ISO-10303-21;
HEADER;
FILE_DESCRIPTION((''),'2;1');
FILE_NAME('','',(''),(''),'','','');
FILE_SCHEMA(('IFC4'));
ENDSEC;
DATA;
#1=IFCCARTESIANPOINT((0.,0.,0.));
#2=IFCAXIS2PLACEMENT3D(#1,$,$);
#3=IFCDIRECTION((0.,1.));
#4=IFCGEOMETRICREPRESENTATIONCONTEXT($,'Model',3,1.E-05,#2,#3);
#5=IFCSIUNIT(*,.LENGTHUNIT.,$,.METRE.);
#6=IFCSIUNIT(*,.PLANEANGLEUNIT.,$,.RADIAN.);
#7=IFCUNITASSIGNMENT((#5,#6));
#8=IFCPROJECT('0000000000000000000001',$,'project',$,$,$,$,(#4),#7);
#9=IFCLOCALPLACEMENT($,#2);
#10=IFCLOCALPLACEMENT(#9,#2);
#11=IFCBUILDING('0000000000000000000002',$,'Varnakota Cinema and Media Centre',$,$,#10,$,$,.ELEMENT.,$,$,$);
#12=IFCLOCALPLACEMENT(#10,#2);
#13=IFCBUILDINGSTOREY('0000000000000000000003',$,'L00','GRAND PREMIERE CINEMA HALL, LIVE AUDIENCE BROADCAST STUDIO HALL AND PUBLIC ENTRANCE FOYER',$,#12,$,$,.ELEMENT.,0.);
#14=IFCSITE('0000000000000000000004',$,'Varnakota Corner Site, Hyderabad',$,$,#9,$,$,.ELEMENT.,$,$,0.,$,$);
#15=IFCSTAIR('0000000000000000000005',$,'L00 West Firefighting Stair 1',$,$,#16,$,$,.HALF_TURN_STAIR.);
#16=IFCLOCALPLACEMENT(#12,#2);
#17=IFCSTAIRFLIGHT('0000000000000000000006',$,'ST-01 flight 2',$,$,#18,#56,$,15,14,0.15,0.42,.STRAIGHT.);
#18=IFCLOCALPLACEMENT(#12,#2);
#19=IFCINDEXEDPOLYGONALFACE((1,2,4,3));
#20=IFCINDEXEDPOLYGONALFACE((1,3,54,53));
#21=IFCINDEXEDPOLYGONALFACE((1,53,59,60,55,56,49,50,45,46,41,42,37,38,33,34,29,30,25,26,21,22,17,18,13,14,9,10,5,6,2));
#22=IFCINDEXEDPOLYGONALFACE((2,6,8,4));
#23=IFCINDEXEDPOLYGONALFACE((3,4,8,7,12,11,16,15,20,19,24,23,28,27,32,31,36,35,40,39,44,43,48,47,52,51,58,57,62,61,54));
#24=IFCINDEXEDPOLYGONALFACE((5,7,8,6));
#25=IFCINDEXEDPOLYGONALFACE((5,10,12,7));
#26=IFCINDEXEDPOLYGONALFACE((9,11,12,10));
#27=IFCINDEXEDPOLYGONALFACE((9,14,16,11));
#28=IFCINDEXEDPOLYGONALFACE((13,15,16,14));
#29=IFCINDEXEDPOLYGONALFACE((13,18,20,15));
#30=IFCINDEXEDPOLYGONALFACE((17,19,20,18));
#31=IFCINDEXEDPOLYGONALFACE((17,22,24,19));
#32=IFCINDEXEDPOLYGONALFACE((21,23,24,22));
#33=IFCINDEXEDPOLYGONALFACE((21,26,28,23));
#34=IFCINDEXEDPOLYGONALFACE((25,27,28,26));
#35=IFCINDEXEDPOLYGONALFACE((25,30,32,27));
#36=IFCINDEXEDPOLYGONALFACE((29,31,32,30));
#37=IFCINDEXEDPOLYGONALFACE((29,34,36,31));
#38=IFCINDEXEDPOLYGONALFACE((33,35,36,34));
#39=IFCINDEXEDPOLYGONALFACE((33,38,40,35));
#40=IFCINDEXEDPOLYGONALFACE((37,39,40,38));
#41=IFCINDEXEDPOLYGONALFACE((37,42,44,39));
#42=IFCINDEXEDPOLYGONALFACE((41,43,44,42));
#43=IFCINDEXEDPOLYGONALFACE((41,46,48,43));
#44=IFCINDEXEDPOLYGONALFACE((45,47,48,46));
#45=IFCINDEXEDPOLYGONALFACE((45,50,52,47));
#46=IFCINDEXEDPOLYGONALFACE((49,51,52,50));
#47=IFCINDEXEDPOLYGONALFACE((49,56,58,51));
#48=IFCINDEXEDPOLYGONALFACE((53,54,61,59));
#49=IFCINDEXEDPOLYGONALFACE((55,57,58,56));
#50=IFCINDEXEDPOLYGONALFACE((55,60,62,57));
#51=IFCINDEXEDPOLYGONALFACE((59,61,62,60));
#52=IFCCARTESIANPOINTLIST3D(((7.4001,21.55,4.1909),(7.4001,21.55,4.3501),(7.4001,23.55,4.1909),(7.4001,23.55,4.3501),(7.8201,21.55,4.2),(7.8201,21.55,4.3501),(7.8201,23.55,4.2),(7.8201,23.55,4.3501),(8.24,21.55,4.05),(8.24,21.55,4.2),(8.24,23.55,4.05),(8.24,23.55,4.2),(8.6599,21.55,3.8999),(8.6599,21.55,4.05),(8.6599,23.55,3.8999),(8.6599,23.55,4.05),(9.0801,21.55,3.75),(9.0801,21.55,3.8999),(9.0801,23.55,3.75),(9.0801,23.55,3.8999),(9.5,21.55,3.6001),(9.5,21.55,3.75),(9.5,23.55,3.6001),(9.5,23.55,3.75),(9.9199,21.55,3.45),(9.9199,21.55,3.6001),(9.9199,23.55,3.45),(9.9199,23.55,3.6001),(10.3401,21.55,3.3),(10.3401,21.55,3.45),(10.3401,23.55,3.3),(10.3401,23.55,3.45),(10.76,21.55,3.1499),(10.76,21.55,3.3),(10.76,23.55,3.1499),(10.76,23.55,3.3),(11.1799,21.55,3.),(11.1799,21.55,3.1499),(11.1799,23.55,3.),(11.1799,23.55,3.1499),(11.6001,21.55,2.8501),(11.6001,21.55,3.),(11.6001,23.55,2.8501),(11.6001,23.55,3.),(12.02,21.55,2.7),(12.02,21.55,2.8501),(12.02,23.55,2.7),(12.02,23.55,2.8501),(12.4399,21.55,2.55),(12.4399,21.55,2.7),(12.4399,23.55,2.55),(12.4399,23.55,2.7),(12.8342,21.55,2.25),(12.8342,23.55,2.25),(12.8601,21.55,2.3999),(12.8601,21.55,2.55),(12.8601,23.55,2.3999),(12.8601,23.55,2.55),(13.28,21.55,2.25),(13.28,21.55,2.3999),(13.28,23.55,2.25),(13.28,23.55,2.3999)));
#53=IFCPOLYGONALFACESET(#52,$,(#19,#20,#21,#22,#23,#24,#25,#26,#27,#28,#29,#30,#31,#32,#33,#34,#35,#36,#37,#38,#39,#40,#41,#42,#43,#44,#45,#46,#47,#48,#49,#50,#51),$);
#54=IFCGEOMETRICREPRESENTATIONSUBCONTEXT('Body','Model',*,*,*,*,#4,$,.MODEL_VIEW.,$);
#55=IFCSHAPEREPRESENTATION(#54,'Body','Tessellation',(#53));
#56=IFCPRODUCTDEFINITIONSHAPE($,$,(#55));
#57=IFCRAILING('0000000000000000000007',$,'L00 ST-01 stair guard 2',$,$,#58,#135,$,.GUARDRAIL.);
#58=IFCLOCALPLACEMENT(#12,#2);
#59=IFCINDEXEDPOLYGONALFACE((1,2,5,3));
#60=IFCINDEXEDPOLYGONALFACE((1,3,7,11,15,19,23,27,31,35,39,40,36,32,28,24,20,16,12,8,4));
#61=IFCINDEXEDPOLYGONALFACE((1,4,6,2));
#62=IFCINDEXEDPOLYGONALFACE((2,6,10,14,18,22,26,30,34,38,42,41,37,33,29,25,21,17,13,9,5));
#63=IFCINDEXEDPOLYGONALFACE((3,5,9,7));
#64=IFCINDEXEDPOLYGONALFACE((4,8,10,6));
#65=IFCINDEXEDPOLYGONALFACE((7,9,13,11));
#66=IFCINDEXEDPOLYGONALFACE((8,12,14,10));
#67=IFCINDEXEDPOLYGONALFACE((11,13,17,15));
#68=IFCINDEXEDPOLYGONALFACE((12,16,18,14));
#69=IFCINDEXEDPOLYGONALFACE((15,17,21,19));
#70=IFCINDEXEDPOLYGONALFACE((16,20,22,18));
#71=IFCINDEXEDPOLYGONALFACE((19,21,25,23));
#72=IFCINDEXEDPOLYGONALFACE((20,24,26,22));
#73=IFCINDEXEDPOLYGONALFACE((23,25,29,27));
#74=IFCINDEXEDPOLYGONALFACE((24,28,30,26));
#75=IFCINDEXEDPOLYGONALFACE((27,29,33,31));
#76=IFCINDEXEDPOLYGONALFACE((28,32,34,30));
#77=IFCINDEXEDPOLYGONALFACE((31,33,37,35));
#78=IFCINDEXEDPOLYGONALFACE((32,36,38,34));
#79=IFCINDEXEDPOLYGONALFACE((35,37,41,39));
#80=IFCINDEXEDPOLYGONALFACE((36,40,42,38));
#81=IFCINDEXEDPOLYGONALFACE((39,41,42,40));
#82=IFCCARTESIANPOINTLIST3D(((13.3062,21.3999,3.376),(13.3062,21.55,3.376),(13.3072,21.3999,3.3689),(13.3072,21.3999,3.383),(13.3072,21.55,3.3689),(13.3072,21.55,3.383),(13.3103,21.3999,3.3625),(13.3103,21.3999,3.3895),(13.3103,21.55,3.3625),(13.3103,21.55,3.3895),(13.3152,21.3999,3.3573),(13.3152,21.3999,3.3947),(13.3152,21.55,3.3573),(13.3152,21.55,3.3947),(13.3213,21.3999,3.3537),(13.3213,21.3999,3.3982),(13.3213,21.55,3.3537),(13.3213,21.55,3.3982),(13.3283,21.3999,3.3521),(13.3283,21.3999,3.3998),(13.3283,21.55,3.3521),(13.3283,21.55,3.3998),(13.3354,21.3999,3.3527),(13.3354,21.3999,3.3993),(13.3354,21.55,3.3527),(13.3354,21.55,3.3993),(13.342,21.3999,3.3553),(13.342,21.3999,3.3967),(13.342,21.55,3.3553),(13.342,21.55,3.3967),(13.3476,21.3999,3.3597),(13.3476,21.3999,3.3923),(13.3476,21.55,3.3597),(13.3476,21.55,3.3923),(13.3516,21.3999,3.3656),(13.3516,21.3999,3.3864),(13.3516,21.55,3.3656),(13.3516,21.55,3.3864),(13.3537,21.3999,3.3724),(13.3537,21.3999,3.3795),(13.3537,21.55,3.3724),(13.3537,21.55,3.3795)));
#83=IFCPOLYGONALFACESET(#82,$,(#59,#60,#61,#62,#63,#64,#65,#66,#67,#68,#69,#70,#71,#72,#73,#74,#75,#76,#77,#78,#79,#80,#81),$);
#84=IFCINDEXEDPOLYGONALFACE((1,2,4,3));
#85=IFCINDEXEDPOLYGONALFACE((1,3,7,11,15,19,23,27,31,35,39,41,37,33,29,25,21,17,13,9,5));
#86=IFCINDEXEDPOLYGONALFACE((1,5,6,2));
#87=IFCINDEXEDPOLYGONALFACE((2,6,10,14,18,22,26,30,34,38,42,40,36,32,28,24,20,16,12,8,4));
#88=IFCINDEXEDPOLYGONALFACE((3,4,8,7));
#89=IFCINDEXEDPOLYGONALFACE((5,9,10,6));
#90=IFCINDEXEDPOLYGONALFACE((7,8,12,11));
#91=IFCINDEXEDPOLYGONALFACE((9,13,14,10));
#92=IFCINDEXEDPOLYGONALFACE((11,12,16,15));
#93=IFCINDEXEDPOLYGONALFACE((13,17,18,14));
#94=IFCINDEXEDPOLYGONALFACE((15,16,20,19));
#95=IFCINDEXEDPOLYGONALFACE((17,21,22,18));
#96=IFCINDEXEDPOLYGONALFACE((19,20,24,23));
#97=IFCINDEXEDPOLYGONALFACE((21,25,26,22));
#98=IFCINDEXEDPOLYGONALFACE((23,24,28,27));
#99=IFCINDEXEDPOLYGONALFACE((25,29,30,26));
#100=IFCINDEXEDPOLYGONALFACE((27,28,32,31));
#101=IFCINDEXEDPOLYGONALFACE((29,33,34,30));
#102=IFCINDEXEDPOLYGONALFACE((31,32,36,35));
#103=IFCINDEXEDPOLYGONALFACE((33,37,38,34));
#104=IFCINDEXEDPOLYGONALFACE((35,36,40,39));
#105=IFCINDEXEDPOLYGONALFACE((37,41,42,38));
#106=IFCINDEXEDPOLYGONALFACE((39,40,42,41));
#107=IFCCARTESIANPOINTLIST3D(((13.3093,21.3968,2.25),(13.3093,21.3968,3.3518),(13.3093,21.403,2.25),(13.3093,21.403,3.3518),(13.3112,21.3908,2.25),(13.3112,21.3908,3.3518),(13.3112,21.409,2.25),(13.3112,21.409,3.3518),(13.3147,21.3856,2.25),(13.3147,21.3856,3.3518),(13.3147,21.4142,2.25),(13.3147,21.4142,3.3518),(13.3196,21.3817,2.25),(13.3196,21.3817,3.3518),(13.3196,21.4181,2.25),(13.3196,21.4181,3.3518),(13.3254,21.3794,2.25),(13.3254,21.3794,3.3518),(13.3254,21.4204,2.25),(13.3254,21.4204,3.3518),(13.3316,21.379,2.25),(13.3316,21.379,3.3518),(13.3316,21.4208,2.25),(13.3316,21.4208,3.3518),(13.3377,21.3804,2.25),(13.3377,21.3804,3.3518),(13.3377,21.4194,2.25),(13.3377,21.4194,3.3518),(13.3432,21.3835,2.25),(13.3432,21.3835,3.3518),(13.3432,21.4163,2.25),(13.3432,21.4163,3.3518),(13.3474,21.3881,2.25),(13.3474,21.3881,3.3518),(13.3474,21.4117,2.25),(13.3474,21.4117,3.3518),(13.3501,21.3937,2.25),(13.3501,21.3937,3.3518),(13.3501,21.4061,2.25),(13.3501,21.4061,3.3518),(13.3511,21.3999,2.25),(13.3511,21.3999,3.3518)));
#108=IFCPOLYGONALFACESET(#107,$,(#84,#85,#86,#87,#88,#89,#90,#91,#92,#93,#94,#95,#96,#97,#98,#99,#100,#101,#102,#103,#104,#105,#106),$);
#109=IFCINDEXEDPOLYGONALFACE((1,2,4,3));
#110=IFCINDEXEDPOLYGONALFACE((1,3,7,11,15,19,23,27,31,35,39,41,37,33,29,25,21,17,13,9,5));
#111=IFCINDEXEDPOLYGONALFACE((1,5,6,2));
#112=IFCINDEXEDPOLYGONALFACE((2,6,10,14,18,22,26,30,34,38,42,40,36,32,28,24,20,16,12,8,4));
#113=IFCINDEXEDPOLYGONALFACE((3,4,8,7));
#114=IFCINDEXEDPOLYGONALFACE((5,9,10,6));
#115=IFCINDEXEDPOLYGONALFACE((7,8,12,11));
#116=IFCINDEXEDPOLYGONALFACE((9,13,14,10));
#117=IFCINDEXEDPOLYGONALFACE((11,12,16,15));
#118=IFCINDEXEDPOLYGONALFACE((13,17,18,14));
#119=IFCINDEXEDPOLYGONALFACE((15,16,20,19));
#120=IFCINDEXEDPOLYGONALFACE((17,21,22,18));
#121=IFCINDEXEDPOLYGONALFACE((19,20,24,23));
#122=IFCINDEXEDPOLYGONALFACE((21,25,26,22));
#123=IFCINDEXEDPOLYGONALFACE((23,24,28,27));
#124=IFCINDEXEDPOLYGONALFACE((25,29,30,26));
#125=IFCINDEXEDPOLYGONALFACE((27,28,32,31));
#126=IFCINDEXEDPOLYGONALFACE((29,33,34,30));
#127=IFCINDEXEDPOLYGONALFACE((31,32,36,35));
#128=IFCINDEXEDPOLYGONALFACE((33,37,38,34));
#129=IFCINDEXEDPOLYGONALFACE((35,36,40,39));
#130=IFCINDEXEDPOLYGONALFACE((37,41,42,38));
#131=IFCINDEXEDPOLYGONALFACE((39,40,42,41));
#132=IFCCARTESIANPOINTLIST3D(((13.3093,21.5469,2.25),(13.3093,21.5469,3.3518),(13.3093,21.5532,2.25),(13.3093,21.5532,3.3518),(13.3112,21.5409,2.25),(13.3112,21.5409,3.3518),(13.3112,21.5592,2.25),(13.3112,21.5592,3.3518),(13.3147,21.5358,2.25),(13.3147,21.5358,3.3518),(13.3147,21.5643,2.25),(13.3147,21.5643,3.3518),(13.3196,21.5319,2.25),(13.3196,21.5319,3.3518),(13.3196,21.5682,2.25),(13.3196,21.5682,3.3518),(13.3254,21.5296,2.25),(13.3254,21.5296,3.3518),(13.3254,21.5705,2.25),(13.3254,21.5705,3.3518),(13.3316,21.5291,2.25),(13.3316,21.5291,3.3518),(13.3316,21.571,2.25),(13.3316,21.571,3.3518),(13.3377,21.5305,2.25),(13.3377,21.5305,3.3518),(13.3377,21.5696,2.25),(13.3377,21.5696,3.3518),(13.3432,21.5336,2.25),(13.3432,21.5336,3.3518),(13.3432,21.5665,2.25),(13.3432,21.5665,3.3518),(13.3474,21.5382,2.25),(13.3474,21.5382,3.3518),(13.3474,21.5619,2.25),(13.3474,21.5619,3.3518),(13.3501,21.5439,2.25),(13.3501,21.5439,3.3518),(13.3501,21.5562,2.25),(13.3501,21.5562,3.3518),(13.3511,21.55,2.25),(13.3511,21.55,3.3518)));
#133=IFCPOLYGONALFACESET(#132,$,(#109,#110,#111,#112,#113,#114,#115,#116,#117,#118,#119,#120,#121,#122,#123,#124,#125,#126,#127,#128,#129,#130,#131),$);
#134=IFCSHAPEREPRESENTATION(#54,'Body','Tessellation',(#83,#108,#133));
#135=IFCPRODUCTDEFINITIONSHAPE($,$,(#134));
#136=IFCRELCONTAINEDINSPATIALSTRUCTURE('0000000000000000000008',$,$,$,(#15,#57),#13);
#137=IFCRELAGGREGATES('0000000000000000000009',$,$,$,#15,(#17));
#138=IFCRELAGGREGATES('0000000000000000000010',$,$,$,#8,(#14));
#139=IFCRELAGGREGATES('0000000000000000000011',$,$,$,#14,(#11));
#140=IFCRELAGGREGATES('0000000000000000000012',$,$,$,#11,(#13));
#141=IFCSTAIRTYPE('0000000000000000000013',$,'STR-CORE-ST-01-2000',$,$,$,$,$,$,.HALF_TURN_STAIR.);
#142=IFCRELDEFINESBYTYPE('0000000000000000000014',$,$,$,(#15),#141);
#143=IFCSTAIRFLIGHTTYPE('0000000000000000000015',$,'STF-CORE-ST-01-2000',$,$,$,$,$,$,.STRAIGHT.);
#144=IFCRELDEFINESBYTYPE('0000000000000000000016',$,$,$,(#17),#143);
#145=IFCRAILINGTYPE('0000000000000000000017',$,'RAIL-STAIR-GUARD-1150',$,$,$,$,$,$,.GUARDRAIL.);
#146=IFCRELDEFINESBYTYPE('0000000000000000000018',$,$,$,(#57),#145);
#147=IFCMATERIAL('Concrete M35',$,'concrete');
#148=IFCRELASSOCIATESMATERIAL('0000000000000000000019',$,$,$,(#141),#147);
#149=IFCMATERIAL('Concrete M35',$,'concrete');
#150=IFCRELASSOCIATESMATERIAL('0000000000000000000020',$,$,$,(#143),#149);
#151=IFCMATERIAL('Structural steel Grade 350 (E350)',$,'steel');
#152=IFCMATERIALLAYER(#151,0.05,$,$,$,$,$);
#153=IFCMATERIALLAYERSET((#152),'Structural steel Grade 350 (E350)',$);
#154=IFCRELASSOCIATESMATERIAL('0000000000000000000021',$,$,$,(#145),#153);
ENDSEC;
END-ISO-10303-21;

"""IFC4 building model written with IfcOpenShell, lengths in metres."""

from ifc_helpers import new_model, si_unit, direction, frame, origin, origin_2d, place, context, subcontext, project, spatial, polyline, circle, outline, extrude, material, layer, layer_set, type_object, element, aggregate, save


model = new_model("IFC4")

# Units and contexts
model_context = context("Model", 3, precision=1e-05, world=origin(), true_north=direction((0.0, 1.0)))
body_context = subcontext(model_context, "Body", "Model", "MODEL_VIEW")
ifc_project = project(units=[si_unit("LENGTHUNIT", "METRE"), si_unit("PLANEANGLEUNIT", "RADIAN")], contexts=[model_context])

# Site, building, storey
site_placement = place(None, origin())
site = spatial("IfcSite", under=ifc_project, at=site_placement, Name="Varnakota Corner Site, Hyderabad", CompositionType="ELEMENT", RefElevation=0.0)
building_placement = place(site_placement, origin())
building = spatial("IfcBuilding", under=site, at=building_placement, Name="Varnakota Cinema and Media Centre", CompositionType="ELEMENT")
storey_placement = place(building_placement, origin())
storey = spatial("IfcBuildingStorey", under=building, at=storey_placement, Name="L00", Description="GRAND PREMIERE CINEMA HALL, LIVE AUDIENCE BROADCAST STUDIO HALL AND PUBLIC ENTRANCE FOYER", CompositionType="ELEMENT", Elevation=0.0)

# Stair, stair flight
ifc_material_1 = material(Name="Concrete M35", Category="concrete")
stair_type = type_object("IfcStairType", Name="STR-CORE-ST-01-2000", PredefinedType="HALF_TURN_STAIR", material=ifc_material_1)
stair_placement = place(storey_placement, origin())
stair = element("IfcStair", 1, at=stair_placement, inside=storey, type_object=stair_type, Name="L00 West Firefighting Stair 1", PredefinedType="HALF_TURN_STAIR")
ifc_material_2 = material(Name="Concrete M35", Category="concrete")
stair_flight_type = type_object("IfcStairFlightType", Name="STF-CORE-ST-01-2000", PredefinedType="STRAIGHT", material=ifc_material_2)
stair_flight_placement = place(storey_placement, frame((13.28, 22.55, 2.25), z_axis=(0.0, 0.0, 1.0), x_axis=(-1.0, 0.0, 0.0)))
stair_flight = element("IfcStairFlight", 2, at=stair_flight_placement, type_object=stair_flight_type, Name="ST-01 flight 2", NumberOfRisers=15, NumberOfTreads=14, PredefinedType="STRAIGHT", RiserHeight=0.15, TreadLength=0.42, context=body_context, shape_type="SweptSolid", body=[
    extrude(outline(polyline([(0.0, 0.0), (0.0, 0.1499), (0.4199, 0.1499), (0.4199, 0.3), (0.8401, 0.3), (0.8401, 0.45), (1.26, 0.45), (1.26, 0.6001), (1.6799, 0.6001), (1.6799, 0.75), (2.1001, 0.75), (2.1001, 0.8999), (2.52, 0.8999), (2.52, 1.05), (2.9399, 1.05), (2.9399, 1.2), (3.3601, 1.2), (3.3601, 1.3501), (3.78, 1.3501), (3.78, 1.5), (4.2, 1.5), (4.2, 1.6499), (4.6201, 1.6499), (4.6201, 1.8), (5.04, 1.8), (5.04, 1.95), (5.46, 1.95), (5.46, 2.1001), (5.8799, 2.1001), (5.8799, 2.25), (5.8799, 1.9409), (0.4458, 0.0), (0.0, 0.0)])), frame((0.0, 1.0, 0.0), z_axis=(0.0, -1.0, 0.0), x_axis=(1.0, 0.0, 0.0)), (0.0, 0.0, 1.0), 2.0),
])
aggregate(stair, [stair_flight])

# Railing
ifc_material_3 = material(Name="Structural steel Grade 350 (E350)", Category="steel")
ifc_layer_1 = layer(ifc_material_3, 0.05)
ifc_layer_set_1 = layer_set([ifc_layer_1], Name="Structural steel Grade 350 (E350)")
railing_type_1 = type_object("IfcRailingType", Name="RAIL-STAIR-GUARD-1150", PredefinedType="GUARDRAIL", material=ifc_layer_set_1)
railing_1_placement = place(storey_placement, frame((13.3301, 21.3999, 2.25)))
element("IfcRailing", 3, at=railing_1_placement, inside=storey, type_object=railing_type_1, Name="L00 ST-01 stair guard 2", PredefinedType="GUARDRAIL", context=body_context, shape_type="SweptSolid", body=[
    extrude(circle(Radius=0.0239, at=origin_2d()), frame((0.0, 0.0, 1.126), z_axis=(0.0, 1.0, 0.0), x_axis=(-1.0, 0.0, 0.0)), (0.0, 0.0, 1.0), 0.1501),
    extrude(circle(Radius=0.021, at=origin_2d()), origin(), (0.0, 0.0, 1.0), 1.1018),
    extrude(circle(Radius=0.021, at=origin_2d()), frame((0.0, 0.1501, 0.0)), (0.0, 0.0, 1.0), 1.1018),
])

save(model, "model.ifc")
